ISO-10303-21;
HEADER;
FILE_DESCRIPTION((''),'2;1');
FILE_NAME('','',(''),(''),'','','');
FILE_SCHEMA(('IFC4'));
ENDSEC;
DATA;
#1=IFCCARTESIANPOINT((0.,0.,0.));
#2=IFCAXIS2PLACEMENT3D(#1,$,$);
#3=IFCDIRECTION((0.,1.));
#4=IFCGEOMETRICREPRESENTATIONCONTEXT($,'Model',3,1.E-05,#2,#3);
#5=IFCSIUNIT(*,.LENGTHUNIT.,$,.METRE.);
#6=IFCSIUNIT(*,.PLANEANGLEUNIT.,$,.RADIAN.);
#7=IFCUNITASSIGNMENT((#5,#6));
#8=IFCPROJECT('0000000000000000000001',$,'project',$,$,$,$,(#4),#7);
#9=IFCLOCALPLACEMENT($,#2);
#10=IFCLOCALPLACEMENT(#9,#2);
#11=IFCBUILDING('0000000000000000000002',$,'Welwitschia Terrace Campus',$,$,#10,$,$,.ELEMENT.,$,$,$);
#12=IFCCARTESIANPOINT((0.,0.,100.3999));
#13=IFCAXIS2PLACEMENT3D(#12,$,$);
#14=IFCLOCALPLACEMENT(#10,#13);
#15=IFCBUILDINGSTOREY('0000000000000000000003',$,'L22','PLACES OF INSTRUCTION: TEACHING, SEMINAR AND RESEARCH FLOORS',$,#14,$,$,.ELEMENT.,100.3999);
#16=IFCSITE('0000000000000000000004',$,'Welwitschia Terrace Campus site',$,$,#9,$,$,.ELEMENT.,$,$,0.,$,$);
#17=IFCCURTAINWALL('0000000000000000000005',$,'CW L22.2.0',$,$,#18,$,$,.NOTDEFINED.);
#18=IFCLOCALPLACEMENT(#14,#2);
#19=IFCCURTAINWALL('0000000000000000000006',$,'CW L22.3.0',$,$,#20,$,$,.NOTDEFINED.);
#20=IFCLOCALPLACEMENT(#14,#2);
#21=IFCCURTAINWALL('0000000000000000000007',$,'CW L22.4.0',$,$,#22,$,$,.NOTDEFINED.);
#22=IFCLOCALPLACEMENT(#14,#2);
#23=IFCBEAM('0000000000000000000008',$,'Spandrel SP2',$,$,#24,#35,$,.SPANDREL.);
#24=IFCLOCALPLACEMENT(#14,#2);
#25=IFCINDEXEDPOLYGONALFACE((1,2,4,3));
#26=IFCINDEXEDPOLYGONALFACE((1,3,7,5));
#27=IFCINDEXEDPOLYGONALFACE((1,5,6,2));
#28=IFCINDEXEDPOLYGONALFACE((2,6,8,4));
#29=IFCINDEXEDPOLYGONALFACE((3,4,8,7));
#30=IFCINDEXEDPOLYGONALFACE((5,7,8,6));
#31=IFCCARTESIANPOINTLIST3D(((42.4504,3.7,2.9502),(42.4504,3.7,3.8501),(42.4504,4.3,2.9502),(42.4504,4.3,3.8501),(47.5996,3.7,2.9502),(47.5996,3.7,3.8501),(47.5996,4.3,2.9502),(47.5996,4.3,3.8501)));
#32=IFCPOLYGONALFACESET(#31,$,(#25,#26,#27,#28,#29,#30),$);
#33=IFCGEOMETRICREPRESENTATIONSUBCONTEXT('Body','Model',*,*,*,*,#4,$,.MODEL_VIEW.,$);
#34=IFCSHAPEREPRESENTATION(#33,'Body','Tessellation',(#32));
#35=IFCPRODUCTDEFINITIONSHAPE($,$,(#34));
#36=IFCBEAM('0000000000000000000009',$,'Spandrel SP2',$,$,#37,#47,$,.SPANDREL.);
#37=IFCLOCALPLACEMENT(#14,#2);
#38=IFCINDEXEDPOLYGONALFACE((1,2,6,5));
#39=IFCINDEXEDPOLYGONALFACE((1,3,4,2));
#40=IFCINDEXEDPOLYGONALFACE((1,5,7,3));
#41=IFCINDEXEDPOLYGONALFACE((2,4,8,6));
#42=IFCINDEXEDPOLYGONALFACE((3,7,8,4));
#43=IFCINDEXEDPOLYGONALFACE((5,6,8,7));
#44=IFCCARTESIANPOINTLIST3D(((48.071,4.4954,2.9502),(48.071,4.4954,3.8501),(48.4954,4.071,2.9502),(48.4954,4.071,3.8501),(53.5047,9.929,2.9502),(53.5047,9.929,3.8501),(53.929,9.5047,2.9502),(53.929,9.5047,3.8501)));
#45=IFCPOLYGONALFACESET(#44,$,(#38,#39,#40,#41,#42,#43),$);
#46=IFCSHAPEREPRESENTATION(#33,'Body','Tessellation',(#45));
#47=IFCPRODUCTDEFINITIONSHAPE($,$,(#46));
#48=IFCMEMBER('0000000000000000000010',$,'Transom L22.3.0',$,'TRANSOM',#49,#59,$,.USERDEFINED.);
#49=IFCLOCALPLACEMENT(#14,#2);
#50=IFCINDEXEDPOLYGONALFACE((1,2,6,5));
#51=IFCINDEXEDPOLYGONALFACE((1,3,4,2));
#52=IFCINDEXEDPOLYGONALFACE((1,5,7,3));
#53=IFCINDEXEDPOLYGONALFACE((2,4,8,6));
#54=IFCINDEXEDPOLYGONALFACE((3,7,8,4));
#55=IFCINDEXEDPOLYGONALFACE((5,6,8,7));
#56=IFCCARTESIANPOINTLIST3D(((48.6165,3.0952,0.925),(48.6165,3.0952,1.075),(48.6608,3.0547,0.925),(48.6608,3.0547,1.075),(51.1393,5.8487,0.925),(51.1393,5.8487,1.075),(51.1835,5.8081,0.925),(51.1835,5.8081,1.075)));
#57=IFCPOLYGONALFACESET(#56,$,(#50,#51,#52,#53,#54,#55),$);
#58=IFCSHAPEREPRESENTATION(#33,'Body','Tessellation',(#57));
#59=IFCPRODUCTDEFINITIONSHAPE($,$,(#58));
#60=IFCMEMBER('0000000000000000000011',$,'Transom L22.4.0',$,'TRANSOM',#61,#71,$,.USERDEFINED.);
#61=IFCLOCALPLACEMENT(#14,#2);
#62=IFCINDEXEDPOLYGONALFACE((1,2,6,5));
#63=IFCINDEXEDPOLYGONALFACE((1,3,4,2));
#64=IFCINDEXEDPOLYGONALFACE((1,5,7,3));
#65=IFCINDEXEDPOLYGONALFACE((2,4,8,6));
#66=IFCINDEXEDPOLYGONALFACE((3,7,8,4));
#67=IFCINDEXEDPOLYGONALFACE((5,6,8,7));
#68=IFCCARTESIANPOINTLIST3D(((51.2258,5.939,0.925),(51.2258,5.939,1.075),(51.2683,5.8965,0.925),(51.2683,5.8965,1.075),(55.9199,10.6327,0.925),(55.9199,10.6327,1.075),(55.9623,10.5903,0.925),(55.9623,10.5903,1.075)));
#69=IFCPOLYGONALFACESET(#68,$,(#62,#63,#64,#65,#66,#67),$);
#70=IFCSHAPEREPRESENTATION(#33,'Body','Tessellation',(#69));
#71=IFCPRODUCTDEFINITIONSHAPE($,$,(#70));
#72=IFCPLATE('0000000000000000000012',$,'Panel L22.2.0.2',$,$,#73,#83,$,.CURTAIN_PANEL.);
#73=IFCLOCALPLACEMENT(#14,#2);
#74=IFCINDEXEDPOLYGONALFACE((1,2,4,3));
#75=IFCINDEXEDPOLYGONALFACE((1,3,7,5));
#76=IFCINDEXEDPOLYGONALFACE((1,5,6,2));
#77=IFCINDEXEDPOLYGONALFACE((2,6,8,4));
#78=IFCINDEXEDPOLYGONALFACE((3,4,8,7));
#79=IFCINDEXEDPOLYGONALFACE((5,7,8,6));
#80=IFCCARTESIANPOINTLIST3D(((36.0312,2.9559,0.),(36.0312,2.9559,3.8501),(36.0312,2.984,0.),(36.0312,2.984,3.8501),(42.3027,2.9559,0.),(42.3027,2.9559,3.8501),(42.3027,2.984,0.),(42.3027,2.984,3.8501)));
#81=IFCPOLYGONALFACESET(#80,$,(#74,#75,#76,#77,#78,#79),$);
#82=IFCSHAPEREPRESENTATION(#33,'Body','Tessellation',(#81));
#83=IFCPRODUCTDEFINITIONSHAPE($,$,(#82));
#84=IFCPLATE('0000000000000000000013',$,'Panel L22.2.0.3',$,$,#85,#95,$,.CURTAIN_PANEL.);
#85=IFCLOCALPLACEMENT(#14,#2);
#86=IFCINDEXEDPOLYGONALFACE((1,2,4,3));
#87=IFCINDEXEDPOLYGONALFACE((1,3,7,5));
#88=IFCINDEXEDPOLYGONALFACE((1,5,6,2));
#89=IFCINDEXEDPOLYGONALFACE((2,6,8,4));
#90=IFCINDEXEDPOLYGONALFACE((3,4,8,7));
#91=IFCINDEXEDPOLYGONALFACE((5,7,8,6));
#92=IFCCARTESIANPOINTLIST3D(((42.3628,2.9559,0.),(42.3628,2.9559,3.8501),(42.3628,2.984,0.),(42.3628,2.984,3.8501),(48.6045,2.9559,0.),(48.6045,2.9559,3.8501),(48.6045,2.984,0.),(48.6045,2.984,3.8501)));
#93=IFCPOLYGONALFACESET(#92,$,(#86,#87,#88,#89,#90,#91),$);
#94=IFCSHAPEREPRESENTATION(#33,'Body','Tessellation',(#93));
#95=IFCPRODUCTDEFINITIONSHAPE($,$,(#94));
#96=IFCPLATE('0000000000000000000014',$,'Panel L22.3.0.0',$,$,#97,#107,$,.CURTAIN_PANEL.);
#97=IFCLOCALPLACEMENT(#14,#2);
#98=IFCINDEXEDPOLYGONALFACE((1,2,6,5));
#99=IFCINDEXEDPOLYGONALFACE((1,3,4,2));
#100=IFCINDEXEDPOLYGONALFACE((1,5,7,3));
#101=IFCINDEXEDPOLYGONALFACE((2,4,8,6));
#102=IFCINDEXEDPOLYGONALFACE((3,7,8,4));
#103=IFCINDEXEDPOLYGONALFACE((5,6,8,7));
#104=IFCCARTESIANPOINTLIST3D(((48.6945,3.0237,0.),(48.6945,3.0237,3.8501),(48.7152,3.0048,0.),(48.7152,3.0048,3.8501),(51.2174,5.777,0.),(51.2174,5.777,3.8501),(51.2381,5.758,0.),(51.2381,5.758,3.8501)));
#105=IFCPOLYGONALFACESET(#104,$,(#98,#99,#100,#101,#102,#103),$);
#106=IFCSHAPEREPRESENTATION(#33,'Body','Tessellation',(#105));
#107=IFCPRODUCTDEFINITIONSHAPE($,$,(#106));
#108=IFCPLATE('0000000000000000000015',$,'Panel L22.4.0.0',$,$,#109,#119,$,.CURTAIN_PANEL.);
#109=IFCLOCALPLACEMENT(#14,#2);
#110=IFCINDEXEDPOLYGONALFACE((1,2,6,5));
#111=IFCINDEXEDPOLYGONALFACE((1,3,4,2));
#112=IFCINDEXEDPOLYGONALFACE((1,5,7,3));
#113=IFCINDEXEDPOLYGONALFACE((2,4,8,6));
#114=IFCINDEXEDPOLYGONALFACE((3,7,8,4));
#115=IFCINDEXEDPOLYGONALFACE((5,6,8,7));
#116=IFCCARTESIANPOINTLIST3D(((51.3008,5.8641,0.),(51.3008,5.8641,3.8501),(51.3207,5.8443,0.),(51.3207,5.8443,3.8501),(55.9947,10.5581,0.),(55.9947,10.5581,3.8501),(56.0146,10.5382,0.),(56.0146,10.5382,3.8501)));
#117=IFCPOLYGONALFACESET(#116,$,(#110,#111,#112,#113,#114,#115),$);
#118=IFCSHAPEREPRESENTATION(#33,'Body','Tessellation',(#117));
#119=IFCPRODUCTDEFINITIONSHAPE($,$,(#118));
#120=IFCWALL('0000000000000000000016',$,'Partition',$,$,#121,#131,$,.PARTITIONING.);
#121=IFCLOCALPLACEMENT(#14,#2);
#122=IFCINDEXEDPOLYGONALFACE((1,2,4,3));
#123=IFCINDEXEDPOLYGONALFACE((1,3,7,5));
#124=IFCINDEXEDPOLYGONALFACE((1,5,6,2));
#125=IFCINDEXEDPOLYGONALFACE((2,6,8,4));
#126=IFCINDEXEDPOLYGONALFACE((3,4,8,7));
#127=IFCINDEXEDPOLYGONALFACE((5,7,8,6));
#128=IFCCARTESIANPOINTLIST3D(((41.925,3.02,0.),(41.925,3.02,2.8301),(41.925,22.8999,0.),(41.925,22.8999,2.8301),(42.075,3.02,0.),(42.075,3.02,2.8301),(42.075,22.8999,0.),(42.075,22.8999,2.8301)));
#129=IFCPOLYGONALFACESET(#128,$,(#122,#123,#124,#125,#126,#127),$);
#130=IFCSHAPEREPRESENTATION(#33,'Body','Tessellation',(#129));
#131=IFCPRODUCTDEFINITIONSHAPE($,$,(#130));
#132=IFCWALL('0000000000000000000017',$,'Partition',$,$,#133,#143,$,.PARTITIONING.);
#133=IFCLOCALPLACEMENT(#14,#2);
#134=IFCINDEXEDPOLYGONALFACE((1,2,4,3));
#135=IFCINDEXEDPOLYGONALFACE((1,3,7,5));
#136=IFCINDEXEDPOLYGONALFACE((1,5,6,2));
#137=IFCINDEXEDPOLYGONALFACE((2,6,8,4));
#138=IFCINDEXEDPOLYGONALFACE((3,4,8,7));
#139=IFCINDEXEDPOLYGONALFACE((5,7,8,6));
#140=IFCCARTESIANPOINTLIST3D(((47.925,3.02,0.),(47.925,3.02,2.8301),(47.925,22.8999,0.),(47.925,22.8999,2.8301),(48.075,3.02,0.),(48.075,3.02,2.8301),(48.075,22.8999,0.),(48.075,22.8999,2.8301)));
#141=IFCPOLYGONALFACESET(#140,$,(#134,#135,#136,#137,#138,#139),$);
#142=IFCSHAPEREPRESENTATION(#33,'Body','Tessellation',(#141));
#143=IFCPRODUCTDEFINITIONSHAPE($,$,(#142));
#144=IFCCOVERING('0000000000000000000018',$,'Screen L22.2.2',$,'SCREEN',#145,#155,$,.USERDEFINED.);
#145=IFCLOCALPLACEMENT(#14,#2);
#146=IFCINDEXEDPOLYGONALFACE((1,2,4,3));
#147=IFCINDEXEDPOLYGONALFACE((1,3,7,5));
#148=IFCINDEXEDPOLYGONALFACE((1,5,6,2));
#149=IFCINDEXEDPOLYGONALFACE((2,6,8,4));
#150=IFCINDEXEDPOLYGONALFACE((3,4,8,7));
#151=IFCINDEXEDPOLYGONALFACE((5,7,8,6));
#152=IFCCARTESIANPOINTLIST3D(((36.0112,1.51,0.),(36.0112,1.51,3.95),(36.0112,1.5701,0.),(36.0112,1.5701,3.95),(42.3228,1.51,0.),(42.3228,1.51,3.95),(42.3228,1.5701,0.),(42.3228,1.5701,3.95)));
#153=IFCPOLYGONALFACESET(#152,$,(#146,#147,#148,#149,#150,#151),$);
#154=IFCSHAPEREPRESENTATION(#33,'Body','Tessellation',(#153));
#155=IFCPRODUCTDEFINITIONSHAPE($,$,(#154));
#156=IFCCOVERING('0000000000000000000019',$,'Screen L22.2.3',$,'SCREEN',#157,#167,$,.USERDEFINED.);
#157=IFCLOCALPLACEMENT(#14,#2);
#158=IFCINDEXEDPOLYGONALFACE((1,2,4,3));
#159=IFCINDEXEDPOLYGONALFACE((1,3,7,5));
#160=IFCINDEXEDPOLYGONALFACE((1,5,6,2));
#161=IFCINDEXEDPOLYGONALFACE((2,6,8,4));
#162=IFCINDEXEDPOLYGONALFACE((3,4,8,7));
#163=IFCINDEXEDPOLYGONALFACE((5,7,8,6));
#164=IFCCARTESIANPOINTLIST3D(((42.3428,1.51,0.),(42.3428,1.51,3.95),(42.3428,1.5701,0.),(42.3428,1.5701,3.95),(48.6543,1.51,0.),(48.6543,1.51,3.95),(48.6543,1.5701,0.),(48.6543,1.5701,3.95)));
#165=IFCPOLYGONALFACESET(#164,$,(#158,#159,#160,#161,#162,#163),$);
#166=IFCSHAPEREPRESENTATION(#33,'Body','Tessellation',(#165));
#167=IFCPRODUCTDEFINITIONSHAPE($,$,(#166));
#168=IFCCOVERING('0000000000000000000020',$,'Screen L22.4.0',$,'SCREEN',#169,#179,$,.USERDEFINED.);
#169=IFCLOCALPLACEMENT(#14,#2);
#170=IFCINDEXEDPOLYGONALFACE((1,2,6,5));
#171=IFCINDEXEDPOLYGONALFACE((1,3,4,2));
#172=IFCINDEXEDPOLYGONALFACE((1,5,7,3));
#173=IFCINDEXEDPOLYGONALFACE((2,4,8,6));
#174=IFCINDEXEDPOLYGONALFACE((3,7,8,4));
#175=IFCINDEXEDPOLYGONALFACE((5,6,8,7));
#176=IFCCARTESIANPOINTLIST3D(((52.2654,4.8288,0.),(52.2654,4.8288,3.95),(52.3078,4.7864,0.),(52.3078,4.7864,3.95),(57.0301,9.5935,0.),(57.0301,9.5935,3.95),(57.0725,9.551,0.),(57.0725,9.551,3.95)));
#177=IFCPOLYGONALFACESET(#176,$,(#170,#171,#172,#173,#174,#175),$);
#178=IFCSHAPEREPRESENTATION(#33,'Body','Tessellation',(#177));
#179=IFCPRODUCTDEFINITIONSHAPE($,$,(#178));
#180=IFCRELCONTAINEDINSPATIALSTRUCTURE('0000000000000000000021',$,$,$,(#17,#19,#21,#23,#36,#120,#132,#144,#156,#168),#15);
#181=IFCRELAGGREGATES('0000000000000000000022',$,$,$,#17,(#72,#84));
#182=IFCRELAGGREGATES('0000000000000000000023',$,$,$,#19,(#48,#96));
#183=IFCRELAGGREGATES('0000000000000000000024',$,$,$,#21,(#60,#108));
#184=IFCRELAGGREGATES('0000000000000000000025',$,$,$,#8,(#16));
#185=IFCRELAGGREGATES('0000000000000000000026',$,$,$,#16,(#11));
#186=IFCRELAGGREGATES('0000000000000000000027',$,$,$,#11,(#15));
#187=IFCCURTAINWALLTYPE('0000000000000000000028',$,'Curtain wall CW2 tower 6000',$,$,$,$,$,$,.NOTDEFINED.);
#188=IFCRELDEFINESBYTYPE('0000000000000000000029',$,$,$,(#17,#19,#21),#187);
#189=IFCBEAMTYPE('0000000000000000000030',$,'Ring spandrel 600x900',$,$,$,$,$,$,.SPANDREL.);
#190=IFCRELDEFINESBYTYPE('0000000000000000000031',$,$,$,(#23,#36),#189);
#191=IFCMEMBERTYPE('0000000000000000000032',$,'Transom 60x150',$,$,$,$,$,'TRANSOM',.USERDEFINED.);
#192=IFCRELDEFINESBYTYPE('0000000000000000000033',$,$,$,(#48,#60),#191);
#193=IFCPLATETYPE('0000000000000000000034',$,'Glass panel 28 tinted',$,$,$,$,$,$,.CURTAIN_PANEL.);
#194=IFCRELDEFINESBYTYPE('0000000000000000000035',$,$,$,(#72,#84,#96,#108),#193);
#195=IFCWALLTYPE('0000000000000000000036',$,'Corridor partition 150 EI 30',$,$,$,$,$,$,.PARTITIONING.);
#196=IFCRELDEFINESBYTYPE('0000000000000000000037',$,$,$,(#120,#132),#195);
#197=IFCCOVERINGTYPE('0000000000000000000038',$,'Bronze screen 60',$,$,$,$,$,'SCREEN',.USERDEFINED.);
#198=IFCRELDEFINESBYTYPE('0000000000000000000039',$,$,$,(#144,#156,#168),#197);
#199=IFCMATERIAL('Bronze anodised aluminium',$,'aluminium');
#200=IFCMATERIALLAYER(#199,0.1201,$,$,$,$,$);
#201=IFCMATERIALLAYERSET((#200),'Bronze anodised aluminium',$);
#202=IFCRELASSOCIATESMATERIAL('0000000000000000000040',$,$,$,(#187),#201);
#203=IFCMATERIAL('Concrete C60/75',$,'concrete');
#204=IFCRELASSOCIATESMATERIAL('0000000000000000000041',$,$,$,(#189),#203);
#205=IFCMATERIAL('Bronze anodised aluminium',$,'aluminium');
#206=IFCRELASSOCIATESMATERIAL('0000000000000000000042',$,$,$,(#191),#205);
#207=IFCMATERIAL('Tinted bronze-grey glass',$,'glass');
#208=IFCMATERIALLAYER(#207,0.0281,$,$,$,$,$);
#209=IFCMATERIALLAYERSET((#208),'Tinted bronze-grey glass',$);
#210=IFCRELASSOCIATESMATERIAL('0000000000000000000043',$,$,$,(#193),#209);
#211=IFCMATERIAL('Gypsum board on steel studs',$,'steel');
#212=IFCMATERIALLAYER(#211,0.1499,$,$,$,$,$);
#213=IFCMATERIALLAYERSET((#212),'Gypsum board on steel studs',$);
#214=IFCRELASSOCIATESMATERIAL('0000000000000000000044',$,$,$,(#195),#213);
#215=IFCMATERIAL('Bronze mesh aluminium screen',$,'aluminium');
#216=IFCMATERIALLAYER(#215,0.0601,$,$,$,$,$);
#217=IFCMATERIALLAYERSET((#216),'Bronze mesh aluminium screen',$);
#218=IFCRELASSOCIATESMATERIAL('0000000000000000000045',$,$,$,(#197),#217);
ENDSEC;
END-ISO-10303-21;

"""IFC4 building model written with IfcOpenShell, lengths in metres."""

from ifc_helpers import new_model, si_unit, direction, frame, frame_2d, origin, origin_2d, place, context, subcontext, project, spatial, rectangle, extrude, material, layer, layer_set, material_profile, profile_set, type_object, element, aggregate, save


model = new_model("IFC4")

# Units and contexts
model_context = context("Model", 3, precision=1e-05, world=origin(), true_north=direction((0.0, 1.0)))
body_context = subcontext(model_context, "Body", "Model", "MODEL_VIEW")
ifc_project = project(units=[si_unit("LENGTHUNIT", "METRE"), si_unit("PLANEANGLEUNIT", "RADIAN")], contexts=[model_context])

# Site, building, storey
site_placement = place(None, origin())
site = spatial("IfcSite", under=ifc_project, at=site_placement, Name="Welwitschia Terrace Campus site", CompositionType="ELEMENT", RefElevation=0.0)
building_placement = place(site_placement, origin())
building = spatial("IfcBuilding", under=site, at=building_placement, Name="Welwitschia Terrace Campus", CompositionType="ELEMENT")
storey_placement = place(building_placement, frame((0.0, 0.0, 100.3999)))
storey = spatial("IfcBuildingStorey", under=building, at=storey_placement, Name="L22", Description="PLACES OF INSTRUCTION: TEACHING, SEMINAR AND RESEARCH FLOORS", CompositionType="ELEMENT", Elevation=100.3999)

# Curtain walls
ifc_material_1 = material(Name="Bronze anodised aluminium", Category="aluminium")
ifc_layer_1 = layer(ifc_material_1, 0.1201)
ifc_layer_set_1 = layer_set([ifc_layer_1], Name="Bronze anodised aluminium")
curtain_wall_type = type_object("IfcCurtainWallType", Name="Curtain wall CW2 tower 6000", PredefinedType="NOTDEFINED", material=ifc_layer_set_1)
curtain_wall_1_placement = place(storey_placement, origin())
curtain_wall_1 = element("IfcCurtainWall", 1, at=curtain_wall_1_placement, inside=storey, type_object=curtain_wall_type, Name="CW L22.2.0", PredefinedType="NOTDEFINED")
curtain_wall_2_placement = place(storey_placement, origin())
curtain_wall_2 = element("IfcCurtainWall", 2, at=curtain_wall_2_placement, inside=storey, type_object=curtain_wall_type, Name="CW L22.3.0", PredefinedType="NOTDEFINED")

# Curtain wall
curtain_wall_3_placement = place(storey_placement, origin())
curtain_wall_3 = element("IfcCurtainWall", 3, at=curtain_wall_3_placement, inside=storey, type_object=curtain_wall_type, Name="CW L22.4.0", PredefinedType="NOTDEFINED")

# Beams
ifc_material_2 = material(Name="Concrete C60/75", Category="concrete")
ifc_material_profile_1 = material_profile(ifc_material_2, rectangle(XDim=0.6001, YDim=0.8999, at=origin_2d()))
ifc_profile_set_1 = profile_set([ifc_material_profile_1], Name="Concrete C60/75")
beam_type = type_object("IfcBeamType", Name="Ring spandrel 600x900", PredefinedType="SPANDREL", material=ifc_profile_set_1)
beam_1_placement = place(storey_placement, frame((42.4504, 4.0, 3.4001), z_axis=(1.0, 0.0, 0.0), x_axis=(0.0, 1.0, 0.0)))
element("IfcBeam", 4, at=beam_1_placement, inside=storey, type_object=beam_type, Name="Spandrel SP2", PredefinedType="SPANDREL", context=body_context, shape_type="SweptSolid", body=[
    extrude(rectangle(XDim=0.6001, YDim=0.8999, at=origin_2d()), origin(), (0.0, 0.0, 1.0), 5.1492),
])
beam_2_placement = place(storey_placement, frame((48.2832, 4.2832, 3.4001), z_axis=(0.707107, 0.707107, 0.0), x_axis=(-0.707107, 0.707107, 0.0)))
element("IfcBeam", 5, at=beam_2_placement, inside=storey, type_object=beam_type, Name="Spandrel SP2", PredefinedType="SPANDREL", context=body_context, shape_type="SweptSolid", body=[
    extrude(rectangle(XDim=0.6001, YDim=0.8999, at=origin_2d()), origin(), (0.0, 0.0, 1.0), 7.6843),
])

# Members
ifc_material_3 = material(Name="Bronze anodised aluminium", Category="aluminium")
ifc_material_profile_2 = material_profile(ifc_material_3, rectangle(XDim=0.0601, YDim=0.1499, at=origin_2d()))
ifc_profile_set_2 = profile_set([ifc_material_profile_2], Name="Bronze anodised aluminium")
member_type_1 = type_object("IfcMemberType", Name="Transom 60x150", ElementType="TRANSOM", PredefinedType="USERDEFINED", material=ifc_profile_set_2)
member_1_placement = place(storey_placement, frame((48.6387, 3.075, 1.0), z_axis=(0.675541, 0.737322, 0.0), x_axis=(-0.737322, 0.675541, 0.0)))
member_1 = element("IfcMember", 6, at=member_1_placement, type_object=member_type_1, Name="Transom L22.3.0", ObjectType="TRANSOM", PredefinedType="USERDEFINED", context=body_context, shape_type="SweptSolid", body=[
    extrude(rectangle(XDim=0.0601, YDim=0.1499, at=origin_2d()), origin(), (0.0, 0.0, 1.0), 3.7344),
])
member_2_placement = place(storey_placement, frame((51.2471, 5.9177, 1.0), z_axis=(0.707125, 0.707088, 0.0), x_axis=(-0.707088, 0.707125, 0.0)))
member_2 = element("IfcMember", 7, at=member_2_placement, type_object=member_type_1, Name="Transom L22.4.0", ObjectType="TRANSOM", PredefinedType="USERDEFINED", context=body_context, shape_type="SweptSolid", body=[
    extrude(rectangle(XDim=0.0601, YDim=0.1499, at=origin_2d()), origin(), (0.0, 0.0, 1.0), 6.6382),
])

# Plates
ifc_material_4 = material(Name="Tinted bronze-grey glass", Category="glass")
ifc_layer_2 = layer(ifc_material_4, 0.0281)
ifc_layer_set_2 = layer_set([ifc_layer_2], Name="Tinted bronze-grey glass")
plate_type = type_object("IfcPlateType", Name="Glass panel 28 tinted", PredefinedType="CURTAIN_PANEL", material=ifc_layer_set_2)
plate_1_placement = place(storey_placement, frame((39.167, 2.97, 0.0), z_axis=(0.0, 0.0, 1.0), x_axis=(1.0, 0.0, 0.0)))
plate_1 = element("IfcPlate", 8, at=plate_1_placement, type_object=plate_type, Name="Panel L22.2.0.2", PredefinedType="CURTAIN_PANEL", context=body_context, shape_type="SweptSolid", body=[
    extrude(rectangle(XDim=6.2715, YDim=0.0281, at=origin_2d()), origin(), (0.0, 0.0, 1.0), 3.8501),
])
plate_2_placement = place(storey_placement, frame((45.4836, 2.97, 0.0), z_axis=(0.0, 0.0, 1.0), x_axis=(1.0, 0.0, 0.0)))
plate_2 = element("IfcPlate", 9, at=plate_2_placement, type_object=plate_type, Name="Panel L22.2.0.3", PredefinedType="CURTAIN_PANEL", context=body_context, shape_type="SweptSolid", body=[
    extrude(rectangle(XDim=6.2417, YDim=0.0281, at=origin_2d()), origin(), (0.0, 0.0, 1.0), 3.8501),
])
aggregate(curtain_wall_1, [plate_1, plate_2])
plate_3_placement = place(storey_placement, frame((49.9663, 4.3909, 0.0), z_axis=(0.0, 0.0, 1.0), x_axis=(0.67559, 0.737277, 0.0)))
plate_3 = element("IfcPlate", 10, at=plate_3_placement, type_object=plate_type, Name="Panel L22.3.0.0", PredefinedType="CURTAIN_PANEL", context=body_context, shape_type="SweptSolid", body=[
    extrude(rectangle(XDim=3.7344, YDim=0.0281, at=origin_2d()), origin(), (0.0, 0.0, 1.0), 3.8501),
])
aggregate(curtain_wall_2, [member_1, plate_3])
plate_4_placement = place(storey_placement, frame((53.6577, 8.2012, 0.0), z_axis=(0.0, 0.0, 1.0), x_axis=(0.707107, 0.707107, 0.0)))
plate_4 = element("IfcPlate", 11, at=plate_4_placement, type_object=plate_type, Name="Panel L22.4.0.0", PredefinedType="CURTAIN_PANEL", context=body_context, shape_type="SweptSolid", body=[
    extrude(rectangle(XDim=6.6382, YDim=0.0281, at=origin_2d()), origin(), (0.0, 0.0, 1.0), 3.8501),
])
aggregate(curtain_wall_3, [member_2, plate_4])

# Walls
ifc_material_5 = material(Name="Gypsum board on steel studs", Category="steel")
ifc_layer_3 = layer(ifc_material_5, 0.1499)
ifc_layer_set_3 = layer_set([ifc_layer_3], Name="Gypsum board on steel studs")
wall_type = type_object("IfcWallType", Name="Corridor partition 150 EI 30", PredefinedType="PARTITIONING", material=ifc_layer_set_3)
for number, where, z_axis, x_axis, name in (
    (12, (42.0, 3.02, 0.0), (0.0, 0.0, 1.0), (0.0, 1.0, 0.0), "Partition"),
    (13, (48.0, 3.02, 0.0), (0.0, 0.0, 1.0), (0.0, 1.0, 0.0), "Partition"),
):
    element("IfcWall", number, at=place(storey_placement, frame(where, z_axis=z_axis, x_axis=x_axis)), inside=storey, type_object=wall_type, Name=name, PredefinedType="PARTITIONING", context=body_context, shape_type="SweptSolid", body=[
        extrude(rectangle(XDim=19.8799, YDim=0.1499, at=frame_2d((9.9399, 0.0))), origin(), (0.0, 0.0, 1.0), 2.8301),
    ])

# Coverings
ifc_material_6 = material(Name="Bronze mesh aluminium screen", Category="aluminium")
ifc_layer_4 = layer(ifc_material_6, 0.0601)
ifc_layer_set_4 = layer_set([ifc_layer_4], Name="Bronze mesh aluminium screen")
covering_type = type_object("IfcCoveringType", Name="Bronze screen 60", ElementType="SCREEN", PredefinedType="USERDEFINED", material=ifc_layer_set_4)
for number, where, z_axis, x_axis, name in (
    (14, (39.167, 1.54, 0.0), (0.0, 0.0, 1.0), (1.0, 0.0, 0.0), "Screen L22.2.2"),
    (15, (45.4985, 1.54, 0.0), (0.0, 0.0, 1.0), (1.0, 0.0, 0.0), "Screen L22.2.3"),
):
    element("IfcCovering", number, at=place(storey_placement, frame(where, z_axis=z_axis, x_axis=x_axis)), inside=storey, type_object=covering_type, Name=name, ObjectType="SCREEN", PredefinedType="USERDEFINED", context=body_context, shape_type="SweptSolid", body=[
        extrude(rectangle(XDim=6.3115, YDim=0.0601, at=origin_2d()), origin(), (0.0, 0.0, 1.0), 3.95),
    ])
covering_placement = place(storey_placement, frame((54.6689, 7.1899, 0.0), z_axis=(0.0, 0.0, 1.0), x_axis=(0.707107, 0.707107, 0.0)))
element("IfcCovering", 16, at=covering_placement, inside=storey, type_object=covering_type, Name="Screen L22.4.0", ObjectType="SCREEN", PredefinedType="USERDEFINED", context=body_context, shape_type="SweptSolid", body=[
    extrude(rectangle(XDim=6.7383, YDim=0.0601, at=origin_2d()), origin(), (0.0, 0.0, 1.0), 3.95),
])

save(model, "model.ifc")
